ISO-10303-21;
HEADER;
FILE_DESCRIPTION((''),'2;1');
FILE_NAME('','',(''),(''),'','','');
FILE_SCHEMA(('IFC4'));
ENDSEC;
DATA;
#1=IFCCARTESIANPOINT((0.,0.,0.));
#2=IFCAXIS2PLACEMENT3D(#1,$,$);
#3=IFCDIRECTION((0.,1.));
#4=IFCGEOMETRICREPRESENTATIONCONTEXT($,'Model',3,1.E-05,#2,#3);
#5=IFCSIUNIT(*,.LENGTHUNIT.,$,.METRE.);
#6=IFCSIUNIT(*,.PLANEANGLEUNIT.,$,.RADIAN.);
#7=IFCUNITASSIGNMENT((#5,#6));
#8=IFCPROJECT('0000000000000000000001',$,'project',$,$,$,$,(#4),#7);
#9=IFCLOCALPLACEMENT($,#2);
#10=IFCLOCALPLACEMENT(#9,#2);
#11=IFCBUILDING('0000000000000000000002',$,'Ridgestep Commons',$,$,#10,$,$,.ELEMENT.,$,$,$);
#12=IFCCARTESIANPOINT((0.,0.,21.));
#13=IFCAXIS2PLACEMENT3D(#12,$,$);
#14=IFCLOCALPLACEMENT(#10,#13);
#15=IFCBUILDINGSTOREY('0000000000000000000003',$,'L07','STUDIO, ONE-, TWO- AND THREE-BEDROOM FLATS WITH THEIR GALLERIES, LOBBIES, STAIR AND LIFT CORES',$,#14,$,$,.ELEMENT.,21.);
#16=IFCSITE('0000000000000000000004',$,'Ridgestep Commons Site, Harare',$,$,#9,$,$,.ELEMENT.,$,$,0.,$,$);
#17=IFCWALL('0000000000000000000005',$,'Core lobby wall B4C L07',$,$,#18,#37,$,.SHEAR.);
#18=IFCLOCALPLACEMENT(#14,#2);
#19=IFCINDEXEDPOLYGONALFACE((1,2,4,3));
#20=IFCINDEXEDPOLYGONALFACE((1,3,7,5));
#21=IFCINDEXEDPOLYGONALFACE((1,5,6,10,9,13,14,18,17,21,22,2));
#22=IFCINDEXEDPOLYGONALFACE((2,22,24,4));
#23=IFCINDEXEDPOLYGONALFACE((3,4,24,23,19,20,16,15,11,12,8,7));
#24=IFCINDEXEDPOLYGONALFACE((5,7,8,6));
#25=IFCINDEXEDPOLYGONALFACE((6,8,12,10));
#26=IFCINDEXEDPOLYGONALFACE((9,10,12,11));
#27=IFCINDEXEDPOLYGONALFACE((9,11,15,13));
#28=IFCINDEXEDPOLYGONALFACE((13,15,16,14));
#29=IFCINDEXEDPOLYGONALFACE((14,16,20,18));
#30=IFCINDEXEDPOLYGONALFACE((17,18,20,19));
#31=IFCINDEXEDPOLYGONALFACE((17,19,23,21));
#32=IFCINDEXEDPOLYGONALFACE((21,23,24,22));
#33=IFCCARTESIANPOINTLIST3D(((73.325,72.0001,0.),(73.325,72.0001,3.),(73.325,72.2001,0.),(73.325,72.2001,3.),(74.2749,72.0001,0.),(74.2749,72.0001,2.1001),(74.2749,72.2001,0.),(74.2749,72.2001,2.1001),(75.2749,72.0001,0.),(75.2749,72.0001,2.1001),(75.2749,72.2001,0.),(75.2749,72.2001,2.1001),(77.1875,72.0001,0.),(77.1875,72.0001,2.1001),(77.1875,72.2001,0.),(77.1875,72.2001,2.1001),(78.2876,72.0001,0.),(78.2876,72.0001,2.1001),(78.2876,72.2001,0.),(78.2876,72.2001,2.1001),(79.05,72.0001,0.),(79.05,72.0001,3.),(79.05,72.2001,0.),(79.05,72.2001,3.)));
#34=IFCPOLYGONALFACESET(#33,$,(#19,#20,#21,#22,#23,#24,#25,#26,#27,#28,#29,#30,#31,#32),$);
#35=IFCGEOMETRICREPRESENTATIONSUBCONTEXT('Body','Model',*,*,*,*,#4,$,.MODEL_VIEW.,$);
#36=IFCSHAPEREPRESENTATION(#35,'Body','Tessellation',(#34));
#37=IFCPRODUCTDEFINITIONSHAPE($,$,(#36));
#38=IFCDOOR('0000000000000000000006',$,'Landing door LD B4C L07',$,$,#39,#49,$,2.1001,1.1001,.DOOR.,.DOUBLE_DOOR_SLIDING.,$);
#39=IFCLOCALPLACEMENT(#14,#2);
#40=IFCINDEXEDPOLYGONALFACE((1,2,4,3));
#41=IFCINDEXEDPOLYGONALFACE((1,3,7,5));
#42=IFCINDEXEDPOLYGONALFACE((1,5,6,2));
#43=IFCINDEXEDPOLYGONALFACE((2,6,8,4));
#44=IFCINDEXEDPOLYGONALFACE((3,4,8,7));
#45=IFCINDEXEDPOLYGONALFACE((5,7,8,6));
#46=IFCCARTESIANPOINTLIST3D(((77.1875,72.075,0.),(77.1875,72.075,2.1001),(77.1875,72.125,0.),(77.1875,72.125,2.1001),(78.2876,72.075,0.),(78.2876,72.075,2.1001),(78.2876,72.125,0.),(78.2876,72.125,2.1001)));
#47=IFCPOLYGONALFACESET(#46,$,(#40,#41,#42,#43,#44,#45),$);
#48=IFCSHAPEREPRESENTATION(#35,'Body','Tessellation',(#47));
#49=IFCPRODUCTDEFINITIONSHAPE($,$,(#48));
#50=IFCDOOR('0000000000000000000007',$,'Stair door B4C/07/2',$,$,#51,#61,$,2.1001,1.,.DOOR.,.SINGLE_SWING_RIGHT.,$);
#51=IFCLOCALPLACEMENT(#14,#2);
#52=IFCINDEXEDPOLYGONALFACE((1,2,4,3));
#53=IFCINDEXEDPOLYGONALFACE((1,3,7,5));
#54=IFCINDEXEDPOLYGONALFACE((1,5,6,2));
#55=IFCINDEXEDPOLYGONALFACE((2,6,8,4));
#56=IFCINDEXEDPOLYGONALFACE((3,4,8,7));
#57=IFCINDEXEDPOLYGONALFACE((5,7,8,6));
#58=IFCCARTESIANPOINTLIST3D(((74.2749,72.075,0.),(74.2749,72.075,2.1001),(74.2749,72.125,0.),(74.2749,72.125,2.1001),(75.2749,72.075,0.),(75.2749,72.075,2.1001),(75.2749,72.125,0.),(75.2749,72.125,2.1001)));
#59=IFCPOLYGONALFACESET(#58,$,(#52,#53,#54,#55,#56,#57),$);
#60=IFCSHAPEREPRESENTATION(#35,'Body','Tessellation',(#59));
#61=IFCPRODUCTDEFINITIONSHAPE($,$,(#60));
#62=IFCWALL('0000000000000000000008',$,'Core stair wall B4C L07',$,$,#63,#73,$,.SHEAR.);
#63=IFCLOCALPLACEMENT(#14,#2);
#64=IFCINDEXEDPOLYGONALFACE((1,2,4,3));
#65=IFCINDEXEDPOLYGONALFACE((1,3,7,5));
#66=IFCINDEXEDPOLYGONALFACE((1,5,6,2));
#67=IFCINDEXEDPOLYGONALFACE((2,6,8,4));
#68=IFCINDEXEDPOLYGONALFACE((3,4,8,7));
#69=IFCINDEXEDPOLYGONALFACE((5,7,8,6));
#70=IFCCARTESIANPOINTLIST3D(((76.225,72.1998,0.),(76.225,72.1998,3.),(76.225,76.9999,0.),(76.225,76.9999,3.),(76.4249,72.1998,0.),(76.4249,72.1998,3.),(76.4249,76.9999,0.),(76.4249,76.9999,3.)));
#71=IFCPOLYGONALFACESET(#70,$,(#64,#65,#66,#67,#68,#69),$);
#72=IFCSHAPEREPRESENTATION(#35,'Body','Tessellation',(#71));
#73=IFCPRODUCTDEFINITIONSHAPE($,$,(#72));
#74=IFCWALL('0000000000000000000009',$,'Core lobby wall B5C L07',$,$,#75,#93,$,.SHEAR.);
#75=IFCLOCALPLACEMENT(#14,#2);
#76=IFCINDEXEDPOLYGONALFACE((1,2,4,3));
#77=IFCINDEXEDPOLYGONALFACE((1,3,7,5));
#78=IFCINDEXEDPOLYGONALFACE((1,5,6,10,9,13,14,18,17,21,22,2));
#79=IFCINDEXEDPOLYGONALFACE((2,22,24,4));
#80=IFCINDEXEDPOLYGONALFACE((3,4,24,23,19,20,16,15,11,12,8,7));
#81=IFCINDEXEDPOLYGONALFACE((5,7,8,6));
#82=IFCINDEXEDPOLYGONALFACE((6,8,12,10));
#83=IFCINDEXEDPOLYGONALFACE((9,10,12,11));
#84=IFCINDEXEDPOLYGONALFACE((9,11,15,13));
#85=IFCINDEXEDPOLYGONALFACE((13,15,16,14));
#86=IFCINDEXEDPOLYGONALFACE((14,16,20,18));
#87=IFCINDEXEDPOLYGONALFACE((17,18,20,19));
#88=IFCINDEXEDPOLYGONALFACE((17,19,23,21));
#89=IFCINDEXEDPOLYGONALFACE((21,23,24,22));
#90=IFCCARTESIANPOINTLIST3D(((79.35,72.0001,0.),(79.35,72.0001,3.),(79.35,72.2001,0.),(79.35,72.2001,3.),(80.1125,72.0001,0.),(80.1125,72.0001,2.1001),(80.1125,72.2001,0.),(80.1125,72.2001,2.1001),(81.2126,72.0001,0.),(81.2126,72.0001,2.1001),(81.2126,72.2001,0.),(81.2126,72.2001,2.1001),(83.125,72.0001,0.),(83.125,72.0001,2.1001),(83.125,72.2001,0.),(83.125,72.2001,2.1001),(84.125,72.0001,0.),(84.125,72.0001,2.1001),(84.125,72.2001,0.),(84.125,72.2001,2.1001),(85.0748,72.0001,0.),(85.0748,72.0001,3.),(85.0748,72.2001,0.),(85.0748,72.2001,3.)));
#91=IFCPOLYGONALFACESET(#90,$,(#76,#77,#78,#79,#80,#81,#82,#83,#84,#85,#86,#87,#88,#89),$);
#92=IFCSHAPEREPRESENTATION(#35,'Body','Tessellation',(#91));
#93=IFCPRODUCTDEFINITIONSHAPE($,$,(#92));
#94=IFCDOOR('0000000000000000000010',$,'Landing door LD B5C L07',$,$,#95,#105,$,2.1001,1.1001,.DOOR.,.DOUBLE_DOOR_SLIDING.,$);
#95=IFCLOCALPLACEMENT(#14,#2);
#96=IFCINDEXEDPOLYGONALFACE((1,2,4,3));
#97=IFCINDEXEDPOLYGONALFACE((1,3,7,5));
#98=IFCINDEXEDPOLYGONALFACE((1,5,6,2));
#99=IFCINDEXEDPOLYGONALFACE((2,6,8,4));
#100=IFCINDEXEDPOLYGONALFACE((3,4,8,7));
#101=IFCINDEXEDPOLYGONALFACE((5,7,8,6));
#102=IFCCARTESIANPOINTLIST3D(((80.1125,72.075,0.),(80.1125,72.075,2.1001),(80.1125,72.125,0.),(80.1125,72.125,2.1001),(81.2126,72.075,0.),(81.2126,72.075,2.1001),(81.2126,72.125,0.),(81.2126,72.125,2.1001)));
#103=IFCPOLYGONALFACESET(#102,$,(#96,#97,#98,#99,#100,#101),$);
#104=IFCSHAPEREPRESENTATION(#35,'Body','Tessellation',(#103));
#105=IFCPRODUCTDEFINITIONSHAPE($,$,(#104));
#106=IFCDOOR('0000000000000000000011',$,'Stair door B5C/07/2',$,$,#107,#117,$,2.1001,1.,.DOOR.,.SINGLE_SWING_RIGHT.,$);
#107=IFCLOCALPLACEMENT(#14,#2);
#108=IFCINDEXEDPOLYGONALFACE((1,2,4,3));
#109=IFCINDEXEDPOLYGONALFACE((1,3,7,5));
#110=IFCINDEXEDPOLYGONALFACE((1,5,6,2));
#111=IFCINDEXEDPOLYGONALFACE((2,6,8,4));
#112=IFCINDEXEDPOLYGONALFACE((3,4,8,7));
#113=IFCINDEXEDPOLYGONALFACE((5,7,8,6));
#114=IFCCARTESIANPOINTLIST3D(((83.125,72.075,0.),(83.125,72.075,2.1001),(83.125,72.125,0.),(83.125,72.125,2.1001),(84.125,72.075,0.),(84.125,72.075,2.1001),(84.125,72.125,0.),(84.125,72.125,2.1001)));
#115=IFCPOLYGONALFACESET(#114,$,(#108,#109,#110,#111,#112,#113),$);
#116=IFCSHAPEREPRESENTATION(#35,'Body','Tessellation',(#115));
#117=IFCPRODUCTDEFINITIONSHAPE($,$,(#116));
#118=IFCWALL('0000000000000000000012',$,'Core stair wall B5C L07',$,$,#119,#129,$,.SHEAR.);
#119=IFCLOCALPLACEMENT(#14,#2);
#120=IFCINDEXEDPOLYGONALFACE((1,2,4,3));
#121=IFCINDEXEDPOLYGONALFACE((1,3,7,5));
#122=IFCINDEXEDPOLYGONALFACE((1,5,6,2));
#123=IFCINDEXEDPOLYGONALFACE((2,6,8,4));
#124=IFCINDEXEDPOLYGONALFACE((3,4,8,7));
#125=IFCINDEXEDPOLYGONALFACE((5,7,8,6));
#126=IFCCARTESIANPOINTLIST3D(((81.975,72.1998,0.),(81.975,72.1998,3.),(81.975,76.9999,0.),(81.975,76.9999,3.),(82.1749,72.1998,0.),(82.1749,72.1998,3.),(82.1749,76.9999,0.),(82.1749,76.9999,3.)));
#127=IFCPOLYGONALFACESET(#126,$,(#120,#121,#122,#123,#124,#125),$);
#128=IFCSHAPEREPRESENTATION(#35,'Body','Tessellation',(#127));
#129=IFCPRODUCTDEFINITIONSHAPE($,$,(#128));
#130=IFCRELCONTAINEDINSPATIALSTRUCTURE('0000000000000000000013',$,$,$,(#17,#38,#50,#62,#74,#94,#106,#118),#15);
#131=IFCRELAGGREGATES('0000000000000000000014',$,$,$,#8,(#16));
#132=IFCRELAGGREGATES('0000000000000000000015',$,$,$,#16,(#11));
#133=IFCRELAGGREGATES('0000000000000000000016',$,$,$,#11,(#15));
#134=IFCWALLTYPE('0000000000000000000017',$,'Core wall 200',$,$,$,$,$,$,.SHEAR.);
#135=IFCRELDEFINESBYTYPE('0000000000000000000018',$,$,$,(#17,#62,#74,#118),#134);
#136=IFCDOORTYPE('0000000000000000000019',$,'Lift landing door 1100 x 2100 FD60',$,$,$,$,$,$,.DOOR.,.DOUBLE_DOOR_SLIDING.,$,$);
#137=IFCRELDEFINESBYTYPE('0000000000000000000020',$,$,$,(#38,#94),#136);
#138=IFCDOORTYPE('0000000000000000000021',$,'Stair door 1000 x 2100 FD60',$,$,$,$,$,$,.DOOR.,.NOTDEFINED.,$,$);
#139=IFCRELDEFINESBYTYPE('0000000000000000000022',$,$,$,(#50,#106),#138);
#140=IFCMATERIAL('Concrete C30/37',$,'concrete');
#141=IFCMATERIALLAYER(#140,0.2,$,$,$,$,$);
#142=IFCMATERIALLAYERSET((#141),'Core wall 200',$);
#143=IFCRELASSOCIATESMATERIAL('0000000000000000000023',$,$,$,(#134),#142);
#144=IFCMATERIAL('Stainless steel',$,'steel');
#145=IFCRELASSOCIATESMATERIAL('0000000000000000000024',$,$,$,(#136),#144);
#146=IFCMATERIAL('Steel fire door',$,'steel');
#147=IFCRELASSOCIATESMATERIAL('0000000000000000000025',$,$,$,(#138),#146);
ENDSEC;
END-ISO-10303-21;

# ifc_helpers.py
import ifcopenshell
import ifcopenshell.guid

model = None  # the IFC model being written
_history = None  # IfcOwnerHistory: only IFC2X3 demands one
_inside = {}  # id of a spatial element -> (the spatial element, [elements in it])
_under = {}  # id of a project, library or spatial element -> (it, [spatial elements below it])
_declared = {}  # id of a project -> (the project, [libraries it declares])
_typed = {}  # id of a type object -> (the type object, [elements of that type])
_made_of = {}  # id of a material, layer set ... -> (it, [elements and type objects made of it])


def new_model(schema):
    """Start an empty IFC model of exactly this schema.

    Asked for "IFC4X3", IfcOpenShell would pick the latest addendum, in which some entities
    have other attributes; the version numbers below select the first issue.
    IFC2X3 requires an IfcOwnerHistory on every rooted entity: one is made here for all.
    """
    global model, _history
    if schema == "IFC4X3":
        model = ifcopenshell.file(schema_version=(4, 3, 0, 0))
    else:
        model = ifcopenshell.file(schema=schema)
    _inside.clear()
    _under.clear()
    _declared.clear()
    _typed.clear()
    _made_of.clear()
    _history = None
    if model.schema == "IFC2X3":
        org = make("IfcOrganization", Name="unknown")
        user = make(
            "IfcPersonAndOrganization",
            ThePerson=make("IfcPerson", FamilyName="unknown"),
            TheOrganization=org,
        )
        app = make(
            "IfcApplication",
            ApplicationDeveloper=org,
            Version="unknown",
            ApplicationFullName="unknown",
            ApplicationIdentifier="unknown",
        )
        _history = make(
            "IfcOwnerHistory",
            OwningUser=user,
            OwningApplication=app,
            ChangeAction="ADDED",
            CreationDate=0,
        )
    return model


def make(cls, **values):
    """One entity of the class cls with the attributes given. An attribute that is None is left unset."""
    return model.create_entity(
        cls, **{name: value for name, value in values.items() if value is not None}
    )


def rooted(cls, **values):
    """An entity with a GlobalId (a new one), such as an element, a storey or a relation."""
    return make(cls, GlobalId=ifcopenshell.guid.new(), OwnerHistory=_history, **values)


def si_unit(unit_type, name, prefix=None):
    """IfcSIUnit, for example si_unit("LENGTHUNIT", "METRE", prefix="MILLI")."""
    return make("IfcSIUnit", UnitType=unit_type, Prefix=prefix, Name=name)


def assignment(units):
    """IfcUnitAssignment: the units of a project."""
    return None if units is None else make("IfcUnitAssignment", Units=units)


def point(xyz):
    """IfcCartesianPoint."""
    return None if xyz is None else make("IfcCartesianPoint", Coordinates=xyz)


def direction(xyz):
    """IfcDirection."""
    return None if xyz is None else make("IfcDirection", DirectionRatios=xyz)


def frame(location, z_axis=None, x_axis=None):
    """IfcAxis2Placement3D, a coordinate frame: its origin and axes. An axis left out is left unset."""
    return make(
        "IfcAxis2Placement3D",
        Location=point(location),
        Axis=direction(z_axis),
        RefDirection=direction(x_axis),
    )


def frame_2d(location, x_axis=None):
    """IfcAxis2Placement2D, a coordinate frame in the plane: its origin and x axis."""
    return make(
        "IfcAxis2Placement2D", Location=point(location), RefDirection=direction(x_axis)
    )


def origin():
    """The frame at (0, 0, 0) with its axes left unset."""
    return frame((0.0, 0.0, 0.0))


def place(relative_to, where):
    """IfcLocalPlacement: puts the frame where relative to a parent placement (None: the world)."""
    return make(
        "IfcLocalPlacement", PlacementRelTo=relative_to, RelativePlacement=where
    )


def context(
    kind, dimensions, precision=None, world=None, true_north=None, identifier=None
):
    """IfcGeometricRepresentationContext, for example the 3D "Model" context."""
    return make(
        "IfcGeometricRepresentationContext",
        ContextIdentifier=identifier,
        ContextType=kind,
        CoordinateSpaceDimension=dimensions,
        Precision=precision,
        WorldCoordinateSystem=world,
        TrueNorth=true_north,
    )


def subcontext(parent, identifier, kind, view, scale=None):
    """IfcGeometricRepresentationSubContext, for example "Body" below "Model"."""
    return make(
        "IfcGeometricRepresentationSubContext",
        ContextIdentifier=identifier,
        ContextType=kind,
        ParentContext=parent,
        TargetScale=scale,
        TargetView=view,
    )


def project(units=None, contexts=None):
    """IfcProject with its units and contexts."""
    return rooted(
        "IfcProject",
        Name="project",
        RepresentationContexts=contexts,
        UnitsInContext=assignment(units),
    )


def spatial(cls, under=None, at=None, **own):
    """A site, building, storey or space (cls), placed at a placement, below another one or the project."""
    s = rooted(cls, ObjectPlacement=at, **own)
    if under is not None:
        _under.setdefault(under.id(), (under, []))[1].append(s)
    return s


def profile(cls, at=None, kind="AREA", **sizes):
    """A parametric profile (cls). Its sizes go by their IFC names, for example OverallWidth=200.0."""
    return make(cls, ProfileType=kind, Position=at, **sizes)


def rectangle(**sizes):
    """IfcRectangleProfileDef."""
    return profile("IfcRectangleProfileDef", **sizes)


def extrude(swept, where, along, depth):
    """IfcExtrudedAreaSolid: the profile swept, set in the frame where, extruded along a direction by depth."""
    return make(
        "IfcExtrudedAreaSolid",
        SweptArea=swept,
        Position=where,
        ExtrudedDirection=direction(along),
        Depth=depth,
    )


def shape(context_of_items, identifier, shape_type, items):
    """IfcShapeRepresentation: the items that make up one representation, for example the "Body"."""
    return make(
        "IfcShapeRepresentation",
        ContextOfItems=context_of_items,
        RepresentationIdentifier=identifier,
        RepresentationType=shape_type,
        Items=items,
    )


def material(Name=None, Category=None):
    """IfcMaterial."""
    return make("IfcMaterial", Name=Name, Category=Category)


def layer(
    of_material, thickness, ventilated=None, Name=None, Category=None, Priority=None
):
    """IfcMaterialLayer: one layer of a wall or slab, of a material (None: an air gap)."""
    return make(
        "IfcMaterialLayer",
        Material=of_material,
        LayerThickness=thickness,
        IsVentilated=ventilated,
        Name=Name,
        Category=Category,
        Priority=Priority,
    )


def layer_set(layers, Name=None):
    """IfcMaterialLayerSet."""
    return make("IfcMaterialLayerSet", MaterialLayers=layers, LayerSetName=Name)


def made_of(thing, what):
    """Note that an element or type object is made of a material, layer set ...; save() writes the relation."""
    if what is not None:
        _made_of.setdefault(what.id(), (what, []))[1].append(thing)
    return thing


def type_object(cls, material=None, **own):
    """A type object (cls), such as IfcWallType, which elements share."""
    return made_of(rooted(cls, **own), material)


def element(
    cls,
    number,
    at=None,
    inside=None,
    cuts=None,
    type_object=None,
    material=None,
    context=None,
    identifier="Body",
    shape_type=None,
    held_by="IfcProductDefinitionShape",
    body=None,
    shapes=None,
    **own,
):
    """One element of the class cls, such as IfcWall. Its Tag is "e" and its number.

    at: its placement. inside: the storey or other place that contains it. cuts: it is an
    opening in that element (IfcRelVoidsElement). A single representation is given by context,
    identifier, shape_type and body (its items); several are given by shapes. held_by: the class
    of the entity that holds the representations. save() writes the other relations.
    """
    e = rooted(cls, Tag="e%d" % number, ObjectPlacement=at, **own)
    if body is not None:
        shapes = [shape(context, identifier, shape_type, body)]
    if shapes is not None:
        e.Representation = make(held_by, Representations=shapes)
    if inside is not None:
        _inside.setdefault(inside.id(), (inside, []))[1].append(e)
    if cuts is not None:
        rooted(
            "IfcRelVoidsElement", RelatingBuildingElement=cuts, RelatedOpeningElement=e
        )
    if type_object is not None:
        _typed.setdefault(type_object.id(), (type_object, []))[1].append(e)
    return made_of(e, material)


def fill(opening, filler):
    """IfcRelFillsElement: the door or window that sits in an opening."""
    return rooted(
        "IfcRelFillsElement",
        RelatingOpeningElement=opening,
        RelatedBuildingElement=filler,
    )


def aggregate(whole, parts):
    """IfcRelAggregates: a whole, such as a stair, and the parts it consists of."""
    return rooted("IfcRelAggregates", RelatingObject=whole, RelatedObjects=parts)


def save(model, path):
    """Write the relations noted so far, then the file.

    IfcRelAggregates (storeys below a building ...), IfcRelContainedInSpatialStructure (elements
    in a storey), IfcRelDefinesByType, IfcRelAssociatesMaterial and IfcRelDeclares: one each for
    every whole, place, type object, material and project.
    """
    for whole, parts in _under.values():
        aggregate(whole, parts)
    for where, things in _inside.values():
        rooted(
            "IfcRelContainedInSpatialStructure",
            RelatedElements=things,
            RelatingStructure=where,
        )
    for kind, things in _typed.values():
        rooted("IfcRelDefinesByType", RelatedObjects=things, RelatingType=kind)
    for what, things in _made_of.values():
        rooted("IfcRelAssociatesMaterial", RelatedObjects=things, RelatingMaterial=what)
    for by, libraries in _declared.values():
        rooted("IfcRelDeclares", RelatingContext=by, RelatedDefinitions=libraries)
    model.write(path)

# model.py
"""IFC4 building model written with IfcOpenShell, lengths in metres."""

from ifc_helpers import new_model, si_unit, direction, frame, frame_2d, origin, place, context, subcontext, project, spatial, rectangle, extrude, material, layer, layer_set, type_object, element, fill, save


model = new_model("IFC4")

# Units and contexts
model_context = context("Model", 3, precision=1e-05, world=origin(), true_north=direction((0.0, 1.0)))
body_context = subcontext(model_context, "Body", "Model", "MODEL_VIEW")
ifc_project = project(units=[si_unit("LENGTHUNIT", "METRE"), si_unit("PLANEANGLEUNIT", "RADIAN")], contexts=[model_context])

# Site, building, storey
site_placement = place(None, origin())
site = spatial("IfcSite", under=ifc_project, at=site_placement, Name="Ridgestep Commons Site, Harare", CompositionType="ELEMENT", RefElevation=0.0)
building_placement = place(site_placement, origin())
building = spatial("IfcBuilding", under=site, at=building_placement, Name="Ridgestep Commons", CompositionType="ELEMENT")
storey_placement = place(building_placement, frame((0.0, 0.0, 21.0)))
storey = spatial("IfcBuildingStorey", under=building, at=storey_placement, Name="L07", Description="STUDIO, ONE-, TWO- AND THREE-BEDROOM FLATS WITH THEIR GALLERIES, LOBBIES, STAIR AND LIFT CORES", CompositionType="ELEMENT", Elevation=21.0)

# Wall, openings, doors
ifc_material_1 = material(Name="Concrete C30/37", Category="concrete")
ifc_layer_1 = layer(ifc_material_1, 0.2)
ifc_layer_set_1 = layer_set([ifc_layer_1], Name="Core wall 200")
wall_type_1 = type_object("IfcWallType", Name="Core wall 200", PredefinedType="SHEAR", material=ifc_layer_set_1)
wall_1_placement = place(storey_placement, frame((73.325, 72.1001, 0.0), z_axis=(0.0, 0.0, 1.0), x_axis=(1.0, 0.0, 0.0)))
wall_1 = element("IfcWall", 1, at=wall_1_placement, inside=storey, type_object=wall_type_1, Name="Core lobby wall B4C L07", PredefinedType="SHEAR", context=body_context, shape_type="SweptSolid", body=[
    extrude(rectangle(XDim=5.7251, YDim=0.2, at=frame_2d((2.8625, 0.0))), origin(), (0.0, 0.0, 1.0), 3.0),
])
opening_1_placement = place(wall_1_placement, frame((0.95, 0.0, 0.0)))
opening_1 = element("IfcOpeningElement", 2, at=opening_1_placement, cuts=wall_1, PredefinedType="OPENING", context=body_context, shape_type="SweptSolid", body=[
    extrude(rectangle(XDim=1.0, YDim=2.1001, at=frame_2d((0.5, 1.05))), frame((0.0, 0.1099, 0.0), z_axis=(0.0, -1.0, 0.0), x_axis=(1.0, 0.0, 0.0)), (0.0, 0.0, 1.0), 0.22),
])
opening_2_placement = place(wall_1_placement, frame((3.8625, 0.0, 0.0)))
opening_2 = element("IfcOpeningElement", 3, at=opening_2_placement, cuts=wall_1, PredefinedType="OPENING", context=body_context, shape_type="SweptSolid", body=[
    extrude(rectangle(XDim=1.1001, YDim=2.1001, at=frame_2d((0.55, 1.05))), frame((0.0, 0.1099, 0.0), z_axis=(0.0, -1.0, 0.0), x_axis=(1.0, 0.0, 0.0)), (0.0, 0.0, 1.0), 0.22),
])
ifc_material_2 = material(Name="Stainless steel", Category="steel")
door_type_1 = type_object("IfcDoorType", Name="Lift landing door 1100 x 2100 FD60", OperationType="DOUBLE_DOOR_SLIDING", PredefinedType="DOOR", material=ifc_material_2)
door_1_placement = place(opening_2_placement, origin())
door_1 = element("IfcDoor", 4, at=door_1_placement, inside=storey, type_object=door_type_1, Name="Landing door LD B4C L07", OperationType="DOUBLE_DOOR_SLIDING", OverallHeight=2.1001, OverallWidth=1.1001, PredefinedType="DOOR", context=body_context, shape_type="SweptSolid", body=[
    extrude(rectangle(XDim=1.1001, YDim=2.1001, at=frame_2d((0.55, 1.05))), frame((0.0, 0.0249, 0.0), z_axis=(0.0, -1.0, 0.0), x_axis=(1.0, 0.0, 0.0)), (0.0, 0.0, 1.0), 0.05),
])
fill(opening_2, door_1)
ifc_material_3 = material(Name="Steel fire door", Category="steel")
door_type_2 = type_object("IfcDoorType", Name="Stair door 1000 x 2100 FD60", OperationType="NOTDEFINED", PredefinedType="DOOR", material=ifc_material_3)
door_2_placement = place(opening_1_placement, origin())
door_2 = element("IfcDoor", 5, at=door_2_placement, inside=storey, type_object=door_type_2, Name="Stair door B4C/07/2", OperationType="SINGLE_SWING_RIGHT", OverallHeight=2.1001, OverallWidth=1.0, PredefinedType="DOOR", context=body_context, shape_type="SweptSolid", body=[
    extrude(rectangle(XDim=1.0, YDim=2.1001, at=frame_2d((0.5, 1.05))), frame((0.0, 0.0249, 0.0), z_axis=(0.0, -1.0, 0.0), x_axis=(1.0, 0.0, 0.0)), (0.0, 0.0, 1.0), 0.05),
])
fill(opening_1, door_2)

# Wall
wall_2_placement = place(storey_placement, frame((76.325, 72.2, 0.0), z_axis=(0.0, 0.0, 1.0), x_axis=(0.0, 1.0, 0.0)))
element("IfcWall", 6, at=wall_2_placement, inside=storey, type_object=wall_type_1, Name="Core stair wall B4C L07", PredefinedType="SHEAR", context=body_context, shape_type="SweptSolid", body=[
    extrude(rectangle(XDim=4.8, YDim=0.2, at=frame_2d((2.3999, 0.0))), origin(), (0.0, 0.0, 1.0), 3.0),
])

# Wall, openings, doors
wall_3_placement = place(storey_placement, frame((79.3501, 72.1001, 0.0), z_axis=(0.0, 0.0, 1.0), x_axis=(1.0, 0.0, 0.0)))
wall_3 = element("IfcWall", 7, at=wall_3_placement, inside=storey, type_object=wall_type_1, Name="Core lobby wall B5C L07", PredefinedType="SHEAR", context=body_context, shape_type="SweptSolid", body=[
    extrude(rectangle(XDim=5.7249, YDim=0.2, at=frame_2d((2.8623, 0.0))), origin(), (0.0, 0.0, 1.0), 3.0),
])
opening_3_placement = place(wall_3_placement, frame((3.7749, 0.0, 0.0)))
opening_3 = element("IfcOpeningElement", 8, at=opening_3_placement, cuts=wall_3, PredefinedType="OPENING", context=body_context, shape_type="SweptSolid", body=[
    extrude(rectangle(XDim=1.0, YDim=2.1001, at=frame_2d((0.5, 1.05))), frame((0.0, 0.1099, 0.0), z_axis=(0.0, -1.0, 0.0), x_axis=(1.0, 0.0, 0.0)), (0.0, 0.0, 1.0), 0.22),
])
opening_4_placement = place(wall_3_placement, frame((0.7625, 0.0, 0.0)))
opening_4 = element("IfcOpeningElement", 9, at=opening_4_placement, cuts=wall_3, PredefinedType="OPENING", context=body_context, shape_type="SweptSolid", body=[
    extrude(rectangle(XDim=1.1001, YDim=2.1001, at=frame_2d((0.55, 1.05))), frame((0.0, 0.1099, 0.0), z_axis=(0.0, -1.0, 0.0), x_axis=(1.0, 0.0, 0.0)), (0.0, 0.0, 1.0), 0.22),
])
door_3_placement = place(opening_4_placement, origin())
door_3 = element("IfcDoor", 10, at=door_3_placement, inside=storey, type_object=door_type_1, Name="Landing door LD B5C L07", OperationType="DOUBLE_DOOR_SLIDING", OverallHeight=2.1001, OverallWidth=1.1001, PredefinedType="DOOR", context=body_context, shape_type="SweptSolid", body=[
    extrude(rectangle(XDim=1.1001, YDim=2.1001, at=frame_2d((0.55, 1.05))), frame((0.0, 0.0249, 0.0), z_axis=(0.0, -1.0, 0.0), x_axis=(1.0, 0.0, 0.0)), (0.0, 0.0, 1.0), 0.05),
])
fill(opening_4, door_3)
door_4_placement = place(opening_3_placement, origin())
door_4 = element("IfcDoor", 11, at=door_4_placement, inside=storey, type_object=door_type_2, Name="Stair door B5C/07/2", OperationType="SINGLE_SWING_RIGHT", OverallHeight=2.1001, OverallWidth=1.0, PredefinedType="DOOR", context=body_context, shape_type="SweptSolid", body=[
    extrude(rectangle(XDim=1.0, YDim=2.1001, at=frame_2d((0.5, 1.05))), frame((0.0, 0.0249, 0.0), z_axis=(0.0, -1.0, 0.0), x_axis=(1.0, 0.0, 0.0)), (0.0, 0.0, 1.0), 0.05),
])
fill(opening_3, door_4)

# Wall
wall_4_placement = place(storey_placement, frame((82.075, 72.2, 0.0), z_axis=(0.0, 0.0, 1.0), x_axis=(0.0, 1.0, 0.0)))
element("IfcWall", 12, at=wall_4_placement, inside=storey, type_object=wall_type_1, Name="Core stair wall B5C L07", PredefinedType="SHEAR", context=body_context, shape_type="SweptSolid", body=[
    extrude(rectangle(XDim=4.8, YDim=0.2, at=frame_2d((2.3999, 0.0))), origin(), (0.0, 0.0, 1.0), 3.0),
])

save(model, "model.ifc")
